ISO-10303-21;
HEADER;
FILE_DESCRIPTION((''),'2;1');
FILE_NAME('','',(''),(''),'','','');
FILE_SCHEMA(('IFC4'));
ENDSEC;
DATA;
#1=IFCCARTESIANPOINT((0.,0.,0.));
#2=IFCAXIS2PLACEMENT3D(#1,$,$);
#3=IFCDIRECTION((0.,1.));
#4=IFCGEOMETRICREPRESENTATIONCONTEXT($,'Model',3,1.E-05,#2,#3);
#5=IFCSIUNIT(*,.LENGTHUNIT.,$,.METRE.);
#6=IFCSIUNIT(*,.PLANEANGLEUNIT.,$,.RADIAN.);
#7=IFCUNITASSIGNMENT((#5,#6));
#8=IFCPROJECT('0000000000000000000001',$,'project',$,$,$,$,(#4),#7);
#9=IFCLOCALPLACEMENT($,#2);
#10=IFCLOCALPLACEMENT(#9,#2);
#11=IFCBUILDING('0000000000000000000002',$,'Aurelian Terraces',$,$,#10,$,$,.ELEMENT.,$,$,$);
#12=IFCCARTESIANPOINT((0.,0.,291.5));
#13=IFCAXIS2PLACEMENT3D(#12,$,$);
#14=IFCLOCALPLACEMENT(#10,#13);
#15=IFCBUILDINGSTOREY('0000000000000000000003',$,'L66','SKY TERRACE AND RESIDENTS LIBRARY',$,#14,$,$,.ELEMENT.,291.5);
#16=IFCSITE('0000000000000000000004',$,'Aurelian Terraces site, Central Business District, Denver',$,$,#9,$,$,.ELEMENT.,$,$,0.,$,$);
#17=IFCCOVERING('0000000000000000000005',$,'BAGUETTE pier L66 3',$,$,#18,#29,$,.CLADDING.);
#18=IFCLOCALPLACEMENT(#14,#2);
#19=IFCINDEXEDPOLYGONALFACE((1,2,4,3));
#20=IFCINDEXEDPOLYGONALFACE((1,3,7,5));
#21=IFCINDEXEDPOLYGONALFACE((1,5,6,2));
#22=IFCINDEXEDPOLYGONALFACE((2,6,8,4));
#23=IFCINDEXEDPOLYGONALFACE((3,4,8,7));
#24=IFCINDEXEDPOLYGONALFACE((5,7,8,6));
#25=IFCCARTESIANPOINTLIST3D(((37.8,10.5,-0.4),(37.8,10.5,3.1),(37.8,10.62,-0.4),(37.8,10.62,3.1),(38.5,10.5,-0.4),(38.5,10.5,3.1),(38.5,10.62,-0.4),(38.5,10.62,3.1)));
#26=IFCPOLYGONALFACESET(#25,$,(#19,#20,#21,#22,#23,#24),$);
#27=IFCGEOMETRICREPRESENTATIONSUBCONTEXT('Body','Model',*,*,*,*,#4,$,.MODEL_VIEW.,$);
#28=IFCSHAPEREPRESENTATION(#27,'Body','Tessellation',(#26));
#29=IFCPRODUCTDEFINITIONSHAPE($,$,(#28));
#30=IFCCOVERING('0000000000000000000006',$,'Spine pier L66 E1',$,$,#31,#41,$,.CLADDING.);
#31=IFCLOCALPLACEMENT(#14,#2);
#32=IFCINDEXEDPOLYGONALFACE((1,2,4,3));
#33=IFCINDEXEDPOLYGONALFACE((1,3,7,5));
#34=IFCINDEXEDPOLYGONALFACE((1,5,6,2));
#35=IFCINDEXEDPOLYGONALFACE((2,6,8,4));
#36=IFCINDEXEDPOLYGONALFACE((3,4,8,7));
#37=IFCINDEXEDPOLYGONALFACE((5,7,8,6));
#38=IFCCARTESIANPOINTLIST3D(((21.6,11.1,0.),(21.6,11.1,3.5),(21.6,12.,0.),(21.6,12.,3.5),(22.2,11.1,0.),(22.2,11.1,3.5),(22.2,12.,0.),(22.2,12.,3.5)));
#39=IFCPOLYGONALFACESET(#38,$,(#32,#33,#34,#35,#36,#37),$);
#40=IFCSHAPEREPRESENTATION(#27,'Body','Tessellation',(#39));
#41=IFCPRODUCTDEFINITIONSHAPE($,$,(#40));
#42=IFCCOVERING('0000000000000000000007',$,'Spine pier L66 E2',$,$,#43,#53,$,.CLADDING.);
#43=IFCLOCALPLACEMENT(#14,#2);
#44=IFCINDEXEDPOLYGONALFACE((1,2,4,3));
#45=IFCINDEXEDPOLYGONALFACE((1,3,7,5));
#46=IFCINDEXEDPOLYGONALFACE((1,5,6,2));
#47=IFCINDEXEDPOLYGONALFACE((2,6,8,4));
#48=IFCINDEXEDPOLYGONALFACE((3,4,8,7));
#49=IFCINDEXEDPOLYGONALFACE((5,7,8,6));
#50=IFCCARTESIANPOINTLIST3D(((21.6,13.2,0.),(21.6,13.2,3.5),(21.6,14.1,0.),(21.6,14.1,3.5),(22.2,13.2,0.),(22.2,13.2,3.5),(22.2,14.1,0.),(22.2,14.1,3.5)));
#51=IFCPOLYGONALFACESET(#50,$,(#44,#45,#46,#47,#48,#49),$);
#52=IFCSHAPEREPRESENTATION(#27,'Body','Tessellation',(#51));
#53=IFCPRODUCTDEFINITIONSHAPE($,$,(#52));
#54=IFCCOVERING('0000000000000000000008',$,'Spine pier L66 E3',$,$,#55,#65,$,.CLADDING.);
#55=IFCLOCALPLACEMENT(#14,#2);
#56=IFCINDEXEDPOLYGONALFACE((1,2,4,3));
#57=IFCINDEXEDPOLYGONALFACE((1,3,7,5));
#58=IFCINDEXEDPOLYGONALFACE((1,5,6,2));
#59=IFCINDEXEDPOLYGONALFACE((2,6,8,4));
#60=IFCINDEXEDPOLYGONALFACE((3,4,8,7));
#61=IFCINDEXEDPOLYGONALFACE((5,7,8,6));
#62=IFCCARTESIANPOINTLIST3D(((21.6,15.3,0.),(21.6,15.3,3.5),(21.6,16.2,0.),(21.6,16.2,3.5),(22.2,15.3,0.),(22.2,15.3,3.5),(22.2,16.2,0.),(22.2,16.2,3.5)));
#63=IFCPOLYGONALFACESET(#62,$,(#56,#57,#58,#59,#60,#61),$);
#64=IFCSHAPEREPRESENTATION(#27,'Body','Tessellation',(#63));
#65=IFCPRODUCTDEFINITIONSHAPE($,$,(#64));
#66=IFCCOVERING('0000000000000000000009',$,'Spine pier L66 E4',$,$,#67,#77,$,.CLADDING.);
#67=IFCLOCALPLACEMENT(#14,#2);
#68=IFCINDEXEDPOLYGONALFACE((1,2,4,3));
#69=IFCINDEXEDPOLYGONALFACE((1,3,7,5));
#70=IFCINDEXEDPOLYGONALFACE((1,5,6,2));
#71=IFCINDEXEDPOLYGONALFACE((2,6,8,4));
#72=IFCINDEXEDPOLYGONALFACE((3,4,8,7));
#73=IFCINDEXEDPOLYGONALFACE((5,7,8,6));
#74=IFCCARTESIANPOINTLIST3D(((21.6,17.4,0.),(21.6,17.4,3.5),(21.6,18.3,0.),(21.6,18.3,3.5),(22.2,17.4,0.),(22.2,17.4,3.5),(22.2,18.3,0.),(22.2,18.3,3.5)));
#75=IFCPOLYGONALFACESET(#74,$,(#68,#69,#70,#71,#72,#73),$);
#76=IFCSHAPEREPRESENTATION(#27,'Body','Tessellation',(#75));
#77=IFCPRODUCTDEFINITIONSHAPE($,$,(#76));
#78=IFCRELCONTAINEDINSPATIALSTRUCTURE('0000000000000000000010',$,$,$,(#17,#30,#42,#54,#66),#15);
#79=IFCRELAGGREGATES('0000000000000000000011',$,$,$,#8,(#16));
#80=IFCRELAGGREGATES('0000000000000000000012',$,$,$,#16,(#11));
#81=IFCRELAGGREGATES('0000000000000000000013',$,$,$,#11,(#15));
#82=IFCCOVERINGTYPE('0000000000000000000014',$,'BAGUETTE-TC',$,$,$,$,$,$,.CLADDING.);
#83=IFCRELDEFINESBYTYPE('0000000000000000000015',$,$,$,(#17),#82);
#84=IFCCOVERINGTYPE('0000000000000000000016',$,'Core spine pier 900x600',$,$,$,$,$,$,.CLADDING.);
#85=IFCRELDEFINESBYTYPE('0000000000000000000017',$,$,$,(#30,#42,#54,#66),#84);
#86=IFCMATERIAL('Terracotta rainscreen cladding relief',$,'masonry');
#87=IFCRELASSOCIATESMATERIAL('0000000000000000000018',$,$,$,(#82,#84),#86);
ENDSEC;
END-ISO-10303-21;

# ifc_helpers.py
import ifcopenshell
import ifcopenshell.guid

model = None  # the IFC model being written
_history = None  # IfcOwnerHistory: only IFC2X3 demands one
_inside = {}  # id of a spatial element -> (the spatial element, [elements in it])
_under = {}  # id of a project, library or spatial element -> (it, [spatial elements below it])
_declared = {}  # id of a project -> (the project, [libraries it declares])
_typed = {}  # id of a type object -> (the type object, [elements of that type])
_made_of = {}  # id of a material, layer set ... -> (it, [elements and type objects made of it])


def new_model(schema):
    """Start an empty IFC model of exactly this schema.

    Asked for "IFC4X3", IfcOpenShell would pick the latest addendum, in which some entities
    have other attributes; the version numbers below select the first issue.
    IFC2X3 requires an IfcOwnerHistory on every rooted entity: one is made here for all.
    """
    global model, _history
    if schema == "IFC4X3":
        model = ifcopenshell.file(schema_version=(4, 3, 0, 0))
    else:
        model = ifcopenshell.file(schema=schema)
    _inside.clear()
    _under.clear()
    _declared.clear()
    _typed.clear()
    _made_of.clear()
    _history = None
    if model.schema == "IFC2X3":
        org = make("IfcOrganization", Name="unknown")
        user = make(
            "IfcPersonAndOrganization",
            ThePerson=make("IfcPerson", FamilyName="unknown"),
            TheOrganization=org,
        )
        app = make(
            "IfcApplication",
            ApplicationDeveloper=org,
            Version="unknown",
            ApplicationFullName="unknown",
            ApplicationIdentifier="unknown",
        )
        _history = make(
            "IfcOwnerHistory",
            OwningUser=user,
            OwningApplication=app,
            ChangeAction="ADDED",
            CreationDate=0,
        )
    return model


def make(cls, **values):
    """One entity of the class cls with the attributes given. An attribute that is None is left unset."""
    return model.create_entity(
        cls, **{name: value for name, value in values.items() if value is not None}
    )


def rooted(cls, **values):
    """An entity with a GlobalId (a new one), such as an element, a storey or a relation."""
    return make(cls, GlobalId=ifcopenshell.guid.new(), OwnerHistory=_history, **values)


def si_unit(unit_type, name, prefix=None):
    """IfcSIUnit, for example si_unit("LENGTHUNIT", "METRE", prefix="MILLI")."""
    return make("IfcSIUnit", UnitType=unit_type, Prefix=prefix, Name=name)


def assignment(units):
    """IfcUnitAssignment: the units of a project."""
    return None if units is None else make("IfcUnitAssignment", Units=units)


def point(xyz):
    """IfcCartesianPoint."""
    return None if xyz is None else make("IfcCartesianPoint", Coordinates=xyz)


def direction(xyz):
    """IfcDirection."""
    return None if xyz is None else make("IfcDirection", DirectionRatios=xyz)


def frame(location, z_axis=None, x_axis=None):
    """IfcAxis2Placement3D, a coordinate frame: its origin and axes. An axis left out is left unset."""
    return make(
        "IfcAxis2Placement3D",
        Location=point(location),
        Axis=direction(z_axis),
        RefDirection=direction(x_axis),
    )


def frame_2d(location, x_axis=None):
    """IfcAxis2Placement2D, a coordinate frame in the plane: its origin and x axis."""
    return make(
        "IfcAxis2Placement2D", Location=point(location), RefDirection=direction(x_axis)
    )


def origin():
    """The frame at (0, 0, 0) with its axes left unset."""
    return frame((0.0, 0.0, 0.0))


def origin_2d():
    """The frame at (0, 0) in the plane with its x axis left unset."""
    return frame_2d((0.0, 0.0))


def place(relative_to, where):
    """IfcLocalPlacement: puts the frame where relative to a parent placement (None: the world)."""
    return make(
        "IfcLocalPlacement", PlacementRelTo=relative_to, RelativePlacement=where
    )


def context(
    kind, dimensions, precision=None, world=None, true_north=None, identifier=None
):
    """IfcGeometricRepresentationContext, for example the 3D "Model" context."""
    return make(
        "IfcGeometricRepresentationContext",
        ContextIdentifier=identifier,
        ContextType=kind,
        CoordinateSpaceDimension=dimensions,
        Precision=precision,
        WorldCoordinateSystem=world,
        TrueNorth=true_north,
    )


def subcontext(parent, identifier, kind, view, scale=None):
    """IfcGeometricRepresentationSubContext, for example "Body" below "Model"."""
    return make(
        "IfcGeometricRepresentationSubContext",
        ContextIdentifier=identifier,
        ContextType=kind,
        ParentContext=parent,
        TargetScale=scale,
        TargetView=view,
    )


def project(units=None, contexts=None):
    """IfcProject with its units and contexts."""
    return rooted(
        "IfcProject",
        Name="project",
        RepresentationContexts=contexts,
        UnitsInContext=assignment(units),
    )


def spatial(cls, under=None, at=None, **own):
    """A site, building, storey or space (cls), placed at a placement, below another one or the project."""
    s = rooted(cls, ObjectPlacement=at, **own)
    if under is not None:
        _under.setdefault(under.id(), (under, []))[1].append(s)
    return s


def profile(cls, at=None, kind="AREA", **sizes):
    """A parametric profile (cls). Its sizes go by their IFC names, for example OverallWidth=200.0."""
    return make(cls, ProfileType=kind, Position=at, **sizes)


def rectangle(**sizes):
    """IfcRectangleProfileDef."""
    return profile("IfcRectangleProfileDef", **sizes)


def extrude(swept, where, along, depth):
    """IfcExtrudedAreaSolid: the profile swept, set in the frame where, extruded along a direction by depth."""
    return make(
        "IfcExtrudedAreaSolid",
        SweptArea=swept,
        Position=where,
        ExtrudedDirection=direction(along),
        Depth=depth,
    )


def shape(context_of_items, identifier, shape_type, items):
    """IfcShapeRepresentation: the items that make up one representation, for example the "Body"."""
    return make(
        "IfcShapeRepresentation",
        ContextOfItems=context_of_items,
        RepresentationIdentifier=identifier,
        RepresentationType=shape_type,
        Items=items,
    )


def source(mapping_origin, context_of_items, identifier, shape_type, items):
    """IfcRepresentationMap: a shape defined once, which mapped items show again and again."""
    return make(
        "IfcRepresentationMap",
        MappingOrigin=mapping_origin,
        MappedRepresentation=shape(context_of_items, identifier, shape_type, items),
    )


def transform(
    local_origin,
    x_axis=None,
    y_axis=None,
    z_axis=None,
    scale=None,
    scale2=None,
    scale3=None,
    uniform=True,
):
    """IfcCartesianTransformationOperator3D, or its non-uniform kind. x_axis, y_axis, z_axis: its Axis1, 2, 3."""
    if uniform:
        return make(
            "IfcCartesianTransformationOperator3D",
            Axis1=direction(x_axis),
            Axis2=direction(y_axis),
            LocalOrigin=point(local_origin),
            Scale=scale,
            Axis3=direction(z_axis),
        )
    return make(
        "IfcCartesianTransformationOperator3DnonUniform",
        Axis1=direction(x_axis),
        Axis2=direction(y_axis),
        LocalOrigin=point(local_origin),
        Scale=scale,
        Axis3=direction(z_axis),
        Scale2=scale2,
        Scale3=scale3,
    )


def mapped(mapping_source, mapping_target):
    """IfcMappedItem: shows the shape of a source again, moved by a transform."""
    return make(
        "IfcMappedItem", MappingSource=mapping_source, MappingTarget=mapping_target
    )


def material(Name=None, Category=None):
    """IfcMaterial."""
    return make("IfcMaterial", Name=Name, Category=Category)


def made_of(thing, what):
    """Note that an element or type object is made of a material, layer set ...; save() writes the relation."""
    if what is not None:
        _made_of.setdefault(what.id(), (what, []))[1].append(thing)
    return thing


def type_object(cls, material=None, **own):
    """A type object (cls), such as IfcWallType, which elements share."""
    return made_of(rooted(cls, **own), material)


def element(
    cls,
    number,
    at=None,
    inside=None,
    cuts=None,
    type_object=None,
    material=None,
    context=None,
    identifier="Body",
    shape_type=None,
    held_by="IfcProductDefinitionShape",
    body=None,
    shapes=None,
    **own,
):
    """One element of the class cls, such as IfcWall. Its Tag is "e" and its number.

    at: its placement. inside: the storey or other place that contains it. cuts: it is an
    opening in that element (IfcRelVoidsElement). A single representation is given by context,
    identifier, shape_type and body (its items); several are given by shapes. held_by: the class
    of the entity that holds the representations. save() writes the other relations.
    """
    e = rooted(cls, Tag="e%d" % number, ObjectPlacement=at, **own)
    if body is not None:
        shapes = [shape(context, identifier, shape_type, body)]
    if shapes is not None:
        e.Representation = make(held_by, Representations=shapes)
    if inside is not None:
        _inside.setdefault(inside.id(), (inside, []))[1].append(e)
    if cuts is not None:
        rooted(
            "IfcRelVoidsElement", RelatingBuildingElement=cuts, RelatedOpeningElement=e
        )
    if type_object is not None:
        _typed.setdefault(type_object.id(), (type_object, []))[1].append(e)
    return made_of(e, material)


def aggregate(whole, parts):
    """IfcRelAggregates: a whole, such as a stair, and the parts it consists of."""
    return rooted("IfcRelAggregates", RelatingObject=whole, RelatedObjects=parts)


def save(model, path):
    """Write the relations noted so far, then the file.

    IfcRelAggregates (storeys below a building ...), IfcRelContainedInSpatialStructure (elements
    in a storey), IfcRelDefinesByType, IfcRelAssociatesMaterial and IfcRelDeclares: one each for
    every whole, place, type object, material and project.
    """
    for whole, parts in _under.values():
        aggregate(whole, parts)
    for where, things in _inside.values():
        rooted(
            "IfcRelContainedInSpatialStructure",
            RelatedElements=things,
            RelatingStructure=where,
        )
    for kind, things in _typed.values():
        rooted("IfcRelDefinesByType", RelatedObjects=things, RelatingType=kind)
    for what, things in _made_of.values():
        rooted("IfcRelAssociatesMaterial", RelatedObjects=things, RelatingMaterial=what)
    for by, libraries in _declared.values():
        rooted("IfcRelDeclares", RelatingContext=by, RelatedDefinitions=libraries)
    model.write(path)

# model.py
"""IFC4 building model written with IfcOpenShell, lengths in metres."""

from ifc_helpers import new_model, si_unit, direction, frame, origin, origin_2d, place, context, subcontext, project, spatial, rectangle, extrude, source, transform, mapped, material, type_object, element, save


model = new_model("IFC4")

# Units and contexts
model_context = context("Model", 3, precision=1e-05, world=origin(), true_north=direction((0.0, 1.0)))
body_context = subcontext(model_context, "Body", "Model", "MODEL_VIEW")
ifc_project = project(units=[si_unit("LENGTHUNIT", "METRE"), si_unit("PLANEANGLEUNIT", "RADIAN")], contexts=[model_context])

# Site, building, storey
site_placement = place(None, origin())
site = spatial("IfcSite", under=ifc_project, at=site_placement, Name="Aurelian Terraces site, Central Business District, Denver", CompositionType="ELEMENT", RefElevation=0.0)
building_placement = place(site_placement, origin())
building = spatial("IfcBuilding", under=site, at=building_placement, Name="Aurelian Terraces", CompositionType="ELEMENT")
storey_placement = place(building_placement, frame((0.0, 0.0, 291.5)))
storey = spatial("IfcBuildingStorey", under=building, at=storey_placement, Name="L66", Description="SKY TERRACE AND RESIDENTS LIBRARY", CompositionType="ELEMENT", Elevation=291.5)

# Coverings
ifc_material_1 = material(Name="Terracotta rainscreen cladding relief", Category="masonry")
covering_type_1 = type_object("IfcCoveringType", Name="BAGUETTE-TC", PredefinedType="CLADDING", material=ifc_material_1)
shared_shape_1 = source(origin(), body_context, "Body", "SweptSolid", [
    extrude(rectangle(XDim=0.7, YDim=0.12, at=origin_2d()), origin(), (0.0, 0.0, 1.0), 3.5),
])
covering_placement = place(storey_placement, frame((38.15, 10.56, -0.4), z_axis=(0.0, 0.0, 1.0), x_axis=(1.0, 0.0, 0.0)))
element("IfcCovering", 1, at=covering_placement, inside=storey, type_object=covering_type_1, Name="BAGUETTE pier L66 3", PredefinedType="CLADDING", context=body_context, shape_type="MappedRepresentation", body=[
    mapped(shared_shape_1, transform((0.0, 0.0, 0.0), scale=1.0)),
])
covering_type_2 = type_object("IfcCoveringType", Name="Core spine pier 900x600", PredefinedType="CLADDING", material=ifc_material_1)
shared_shape_2 = source(origin(), body_context, "Body", "SweptSolid", [
    extrude(rectangle(XDim=0.6, YDim=0.9, at=origin_2d()), origin(), (0.0, 0.0, 1.0), 3.5),
])
for number, where, z_axis, x_axis, name in (
    (2, (21.9, 11.55, 0.0), (0.0, 0.0, 1.0), (1.0, 0.0, 0.0), "Spine pier L66 E1"),
    (3, (21.9, 13.65, 0.0), (0.0, 0.0, 1.0), (1.0, 0.0, 0.0), "Spine pier L66 E2"),
    (4, (21.9, 15.75, 0.0), (0.0, 0.0, 1.0), (1.0, 0.0, 0.0), "Spine pier L66 E3"),
    (5, (21.9, 17.85, 0.0), (0.0, 0.0, 1.0), (1.0, 0.0, 0.0), "Spine pier L66 E4"),
):
    element("IfcCovering", number, at=place(storey_placement, frame(where, z_axis=z_axis, x_axis=x_axis)), inside=storey, type_object=covering_type_2, Name=name, PredefinedType="CLADDING", context=body_context, shape_type="MappedRepresentation", body=[
        mapped(shared_shape_2, transform((0.0, 0.0, 0.0), scale=1.0)),
    ])

save(model, "model.ifc")
